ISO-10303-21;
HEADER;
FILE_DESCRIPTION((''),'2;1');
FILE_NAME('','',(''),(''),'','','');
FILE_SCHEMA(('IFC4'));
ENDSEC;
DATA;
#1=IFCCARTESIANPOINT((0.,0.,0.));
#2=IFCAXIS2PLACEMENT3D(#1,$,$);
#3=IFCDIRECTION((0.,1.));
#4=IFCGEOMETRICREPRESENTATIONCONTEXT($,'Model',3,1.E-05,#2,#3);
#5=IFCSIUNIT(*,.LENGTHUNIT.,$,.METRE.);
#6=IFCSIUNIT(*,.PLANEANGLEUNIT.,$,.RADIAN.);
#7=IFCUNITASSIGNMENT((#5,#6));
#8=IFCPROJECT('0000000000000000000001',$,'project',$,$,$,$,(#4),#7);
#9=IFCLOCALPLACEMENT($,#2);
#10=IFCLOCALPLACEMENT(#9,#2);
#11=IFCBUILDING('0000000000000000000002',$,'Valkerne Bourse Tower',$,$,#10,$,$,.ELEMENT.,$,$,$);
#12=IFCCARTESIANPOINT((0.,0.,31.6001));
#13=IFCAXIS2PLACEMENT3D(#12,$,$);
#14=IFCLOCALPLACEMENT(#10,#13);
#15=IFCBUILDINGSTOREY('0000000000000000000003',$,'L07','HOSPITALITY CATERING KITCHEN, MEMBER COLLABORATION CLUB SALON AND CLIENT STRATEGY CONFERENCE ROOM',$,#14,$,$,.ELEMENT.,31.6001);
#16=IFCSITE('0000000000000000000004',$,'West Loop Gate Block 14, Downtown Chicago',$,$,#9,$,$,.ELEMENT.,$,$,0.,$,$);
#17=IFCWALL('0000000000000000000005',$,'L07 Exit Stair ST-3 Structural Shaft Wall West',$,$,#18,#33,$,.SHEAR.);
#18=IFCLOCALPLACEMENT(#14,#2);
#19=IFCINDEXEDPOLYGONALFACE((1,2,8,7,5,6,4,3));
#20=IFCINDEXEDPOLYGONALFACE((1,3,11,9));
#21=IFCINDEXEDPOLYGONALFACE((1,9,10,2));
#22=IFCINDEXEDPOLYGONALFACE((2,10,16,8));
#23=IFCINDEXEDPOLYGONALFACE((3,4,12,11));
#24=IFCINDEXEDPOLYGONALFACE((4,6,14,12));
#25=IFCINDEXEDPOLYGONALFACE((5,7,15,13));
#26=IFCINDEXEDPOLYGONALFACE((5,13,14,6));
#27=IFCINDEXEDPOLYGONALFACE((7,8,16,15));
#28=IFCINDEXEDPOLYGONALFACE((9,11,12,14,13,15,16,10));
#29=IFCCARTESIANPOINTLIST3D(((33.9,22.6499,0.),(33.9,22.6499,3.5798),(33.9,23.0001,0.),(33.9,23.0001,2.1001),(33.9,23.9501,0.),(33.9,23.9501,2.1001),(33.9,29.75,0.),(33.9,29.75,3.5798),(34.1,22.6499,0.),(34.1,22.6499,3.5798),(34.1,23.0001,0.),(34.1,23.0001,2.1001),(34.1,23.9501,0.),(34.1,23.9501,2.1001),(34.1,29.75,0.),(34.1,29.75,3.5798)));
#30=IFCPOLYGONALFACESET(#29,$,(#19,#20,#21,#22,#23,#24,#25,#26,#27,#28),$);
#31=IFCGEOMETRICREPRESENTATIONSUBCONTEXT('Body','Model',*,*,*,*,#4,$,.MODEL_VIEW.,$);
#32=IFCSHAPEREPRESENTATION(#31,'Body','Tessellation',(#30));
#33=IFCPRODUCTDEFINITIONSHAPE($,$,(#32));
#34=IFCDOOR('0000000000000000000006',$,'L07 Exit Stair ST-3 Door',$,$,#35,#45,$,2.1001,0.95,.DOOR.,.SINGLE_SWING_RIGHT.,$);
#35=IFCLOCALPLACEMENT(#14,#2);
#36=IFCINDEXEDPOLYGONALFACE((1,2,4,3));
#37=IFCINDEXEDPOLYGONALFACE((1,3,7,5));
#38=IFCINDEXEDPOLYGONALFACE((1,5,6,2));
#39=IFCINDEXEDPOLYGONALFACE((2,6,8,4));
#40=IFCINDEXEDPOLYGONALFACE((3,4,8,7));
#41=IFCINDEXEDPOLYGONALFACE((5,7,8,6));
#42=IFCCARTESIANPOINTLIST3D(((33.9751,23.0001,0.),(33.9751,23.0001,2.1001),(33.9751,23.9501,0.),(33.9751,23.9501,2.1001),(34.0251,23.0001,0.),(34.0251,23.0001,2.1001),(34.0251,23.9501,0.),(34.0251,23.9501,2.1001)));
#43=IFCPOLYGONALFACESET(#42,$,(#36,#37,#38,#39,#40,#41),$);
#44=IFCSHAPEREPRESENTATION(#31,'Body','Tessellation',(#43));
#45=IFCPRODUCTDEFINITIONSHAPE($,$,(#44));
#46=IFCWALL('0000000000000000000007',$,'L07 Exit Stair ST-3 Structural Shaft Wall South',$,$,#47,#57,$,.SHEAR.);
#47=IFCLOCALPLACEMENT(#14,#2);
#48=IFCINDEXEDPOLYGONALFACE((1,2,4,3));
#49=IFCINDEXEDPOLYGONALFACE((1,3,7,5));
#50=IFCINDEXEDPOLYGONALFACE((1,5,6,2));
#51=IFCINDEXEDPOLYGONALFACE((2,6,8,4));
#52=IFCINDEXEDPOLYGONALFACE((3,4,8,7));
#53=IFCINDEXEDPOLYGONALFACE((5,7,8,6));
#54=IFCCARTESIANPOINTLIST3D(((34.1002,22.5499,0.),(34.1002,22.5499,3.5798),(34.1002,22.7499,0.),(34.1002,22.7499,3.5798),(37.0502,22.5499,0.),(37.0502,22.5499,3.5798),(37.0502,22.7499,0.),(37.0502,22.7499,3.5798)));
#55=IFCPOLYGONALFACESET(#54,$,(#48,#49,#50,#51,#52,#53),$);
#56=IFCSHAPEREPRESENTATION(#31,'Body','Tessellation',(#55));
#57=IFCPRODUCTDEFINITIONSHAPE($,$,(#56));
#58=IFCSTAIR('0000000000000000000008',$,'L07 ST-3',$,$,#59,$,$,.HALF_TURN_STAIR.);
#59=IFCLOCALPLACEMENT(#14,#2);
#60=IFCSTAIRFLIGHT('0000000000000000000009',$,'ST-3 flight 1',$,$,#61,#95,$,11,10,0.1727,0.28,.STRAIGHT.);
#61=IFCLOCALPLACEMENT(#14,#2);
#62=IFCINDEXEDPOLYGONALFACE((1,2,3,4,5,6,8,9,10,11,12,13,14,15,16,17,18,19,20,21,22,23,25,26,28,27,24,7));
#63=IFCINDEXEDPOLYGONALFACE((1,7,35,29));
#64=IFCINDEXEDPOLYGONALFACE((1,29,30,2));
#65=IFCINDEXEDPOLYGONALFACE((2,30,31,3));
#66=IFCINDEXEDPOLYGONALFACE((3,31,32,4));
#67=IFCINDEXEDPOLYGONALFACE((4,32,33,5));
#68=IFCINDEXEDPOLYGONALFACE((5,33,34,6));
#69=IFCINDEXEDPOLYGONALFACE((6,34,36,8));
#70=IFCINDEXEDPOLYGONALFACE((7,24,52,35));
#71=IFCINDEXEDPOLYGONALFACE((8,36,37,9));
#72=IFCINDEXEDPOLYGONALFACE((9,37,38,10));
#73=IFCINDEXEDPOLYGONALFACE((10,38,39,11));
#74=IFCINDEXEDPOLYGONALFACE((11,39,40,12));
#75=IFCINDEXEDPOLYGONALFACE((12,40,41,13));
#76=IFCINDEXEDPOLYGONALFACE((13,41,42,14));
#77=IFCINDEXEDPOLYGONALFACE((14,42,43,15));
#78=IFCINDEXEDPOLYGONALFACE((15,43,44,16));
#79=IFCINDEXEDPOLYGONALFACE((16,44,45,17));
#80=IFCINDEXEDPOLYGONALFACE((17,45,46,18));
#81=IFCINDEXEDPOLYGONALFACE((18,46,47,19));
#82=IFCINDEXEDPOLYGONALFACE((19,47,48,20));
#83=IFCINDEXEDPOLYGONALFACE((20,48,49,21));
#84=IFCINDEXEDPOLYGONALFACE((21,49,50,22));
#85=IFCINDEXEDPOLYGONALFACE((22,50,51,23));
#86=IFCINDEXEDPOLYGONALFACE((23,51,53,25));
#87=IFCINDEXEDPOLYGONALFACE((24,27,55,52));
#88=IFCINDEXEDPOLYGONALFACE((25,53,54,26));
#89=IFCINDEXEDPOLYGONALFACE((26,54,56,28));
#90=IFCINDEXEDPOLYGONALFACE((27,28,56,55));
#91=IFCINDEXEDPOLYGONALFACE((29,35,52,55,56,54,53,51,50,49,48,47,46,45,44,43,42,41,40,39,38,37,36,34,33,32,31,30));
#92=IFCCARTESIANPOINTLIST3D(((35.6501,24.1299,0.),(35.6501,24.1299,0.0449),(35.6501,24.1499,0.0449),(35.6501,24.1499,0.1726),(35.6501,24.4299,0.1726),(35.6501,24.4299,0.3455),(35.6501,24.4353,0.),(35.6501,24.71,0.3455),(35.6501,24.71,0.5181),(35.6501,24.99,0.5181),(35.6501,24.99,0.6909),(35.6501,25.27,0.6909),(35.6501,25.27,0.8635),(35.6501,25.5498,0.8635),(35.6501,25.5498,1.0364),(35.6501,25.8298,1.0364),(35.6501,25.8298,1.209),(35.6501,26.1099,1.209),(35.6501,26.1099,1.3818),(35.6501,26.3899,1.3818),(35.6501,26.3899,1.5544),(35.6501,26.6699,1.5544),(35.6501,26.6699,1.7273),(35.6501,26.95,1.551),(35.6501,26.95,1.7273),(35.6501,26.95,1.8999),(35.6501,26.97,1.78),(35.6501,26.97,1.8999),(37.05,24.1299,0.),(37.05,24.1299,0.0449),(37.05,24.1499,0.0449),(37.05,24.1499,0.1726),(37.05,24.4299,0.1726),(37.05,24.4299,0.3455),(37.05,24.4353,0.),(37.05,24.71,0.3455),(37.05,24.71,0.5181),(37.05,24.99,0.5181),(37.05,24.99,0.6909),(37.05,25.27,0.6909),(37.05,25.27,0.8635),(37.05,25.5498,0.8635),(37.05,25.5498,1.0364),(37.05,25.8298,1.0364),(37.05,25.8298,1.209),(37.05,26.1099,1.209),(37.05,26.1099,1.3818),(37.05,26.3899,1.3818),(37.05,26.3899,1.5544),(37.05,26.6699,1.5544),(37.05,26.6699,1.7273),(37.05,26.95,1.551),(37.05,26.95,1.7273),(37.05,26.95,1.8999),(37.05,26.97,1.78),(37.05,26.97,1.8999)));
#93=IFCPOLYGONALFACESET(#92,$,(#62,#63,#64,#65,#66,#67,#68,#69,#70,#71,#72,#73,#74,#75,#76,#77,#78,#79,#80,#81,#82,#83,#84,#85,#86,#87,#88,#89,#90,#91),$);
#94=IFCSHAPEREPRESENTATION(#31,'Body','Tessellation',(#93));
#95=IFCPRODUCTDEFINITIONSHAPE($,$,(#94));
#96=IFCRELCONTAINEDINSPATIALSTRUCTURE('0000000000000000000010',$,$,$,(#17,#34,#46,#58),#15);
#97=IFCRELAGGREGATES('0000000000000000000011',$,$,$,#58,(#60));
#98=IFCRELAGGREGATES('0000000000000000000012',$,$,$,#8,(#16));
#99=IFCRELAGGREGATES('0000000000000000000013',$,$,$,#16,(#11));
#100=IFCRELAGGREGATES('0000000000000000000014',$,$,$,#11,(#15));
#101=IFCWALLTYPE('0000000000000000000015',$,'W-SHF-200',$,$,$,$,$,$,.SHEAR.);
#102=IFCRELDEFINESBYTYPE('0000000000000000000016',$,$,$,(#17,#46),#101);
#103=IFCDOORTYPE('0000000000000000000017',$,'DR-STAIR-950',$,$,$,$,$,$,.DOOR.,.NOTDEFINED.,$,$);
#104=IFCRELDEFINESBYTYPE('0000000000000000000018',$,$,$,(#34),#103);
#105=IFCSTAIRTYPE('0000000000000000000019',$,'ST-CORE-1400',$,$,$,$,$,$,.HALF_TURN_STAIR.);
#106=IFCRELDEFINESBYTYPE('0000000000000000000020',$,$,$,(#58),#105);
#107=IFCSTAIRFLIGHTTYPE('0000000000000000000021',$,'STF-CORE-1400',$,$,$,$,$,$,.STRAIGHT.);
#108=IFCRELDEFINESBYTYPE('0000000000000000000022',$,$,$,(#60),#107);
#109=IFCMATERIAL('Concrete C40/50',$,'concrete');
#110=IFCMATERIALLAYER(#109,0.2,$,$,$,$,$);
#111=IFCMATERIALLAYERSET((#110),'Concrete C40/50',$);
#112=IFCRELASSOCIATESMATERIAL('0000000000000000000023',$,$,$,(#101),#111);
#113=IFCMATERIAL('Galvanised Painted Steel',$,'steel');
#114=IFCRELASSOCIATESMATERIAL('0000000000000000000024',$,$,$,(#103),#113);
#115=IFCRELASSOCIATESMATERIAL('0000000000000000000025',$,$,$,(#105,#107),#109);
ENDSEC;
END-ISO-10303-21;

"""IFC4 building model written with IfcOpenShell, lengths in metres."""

from ifc_helpers import new_model, si_unit, direction, frame, frame_2d, origin, place, context, subcontext, project, spatial, polyline, rectangle, outline, extrude, material, layer, layer_set, type_object, element, fill, aggregate, save


model = new_model("IFC4")

# Units and contexts
model_context = context("Model", 3, precision=1e-05, world=origin(), true_north=direction((0.0, 1.0)))
body_context = subcontext(model_context, "Body", "Model", "MODEL_VIEW")
ifc_project = project(units=[si_unit("LENGTHUNIT", "METRE"), si_unit("PLANEANGLEUNIT", "RADIAN")], contexts=[model_context])

# Site, building, storey
site_placement = place(None, origin())
site = spatial("IfcSite", under=ifc_project, at=site_placement, Name="West Loop Gate Block 14, Downtown Chicago", CompositionType="ELEMENT", RefElevation=0.0)
building_placement = place(site_placement, origin())
building = spatial("IfcBuilding", under=site, at=building_placement, Name="Valkerne Bourse Tower", CompositionType="ELEMENT")
storey_placement = place(building_placement, frame((0.0, 0.0, 31.6001)))
storey = spatial("IfcBuildingStorey", under=building, at=storey_placement, Name="L07", Description="HOSPITALITY CATERING KITCHEN, MEMBER COLLABORATION CLUB SALON AND CLIENT STRATEGY CONFERENCE ROOM", CompositionType="ELEMENT", Elevation=31.6001)

# Wall, opening, door
ifc_material_1 = material(Name="Concrete C40/50", Category="concrete")
ifc_layer_1 = layer(ifc_material_1, 0.2)
ifc_layer_set_1 = layer_set([ifc_layer_1], Name="Concrete C40/50")
wall_type_1 = type_object("IfcWallType", Name="W-SHF-200", PredefinedType="SHEAR", material=ifc_layer_set_1)
wall_1_placement = place(storey_placement, frame((34.0, 22.6499, 0.0), z_axis=(0.0, 0.0, 1.0), x_axis=(0.0, 1.0, 0.0)))
wall_1 = element("IfcWall", 1, at=wall_1_placement, inside=storey, type_object=wall_type_1, Name="L07 Exit Stair ST-3 Structural Shaft Wall West", PredefinedType="SHEAR", context=body_context, shape_type="SweptSolid", body=[
    extrude(rectangle(XDim=7.1001, YDim=0.2, at=frame_2d((3.55, 0.0))), origin(), (0.0, 0.0, 1.0), 3.5798),
])
opening_placement = place(wall_1_placement, frame((0.3501, 0.0, 0.0)))
opening = element("IfcOpeningElement", 2, at=opening_placement, cuts=wall_1, PredefinedType="OPENING", context=body_context, shape_type="SweptSolid", body=[
    extrude(rectangle(XDim=0.95, YDim=2.1001, at=frame_2d((0.4751, 1.05))), frame((0.0, 0.1099, 0.0), z_axis=(0.0, -1.0, 0.0), x_axis=(1.0, 0.0, 0.0)), (0.0, 0.0, 1.0), 0.22),
])
ifc_material_2 = material(Name="Galvanised Painted Steel", Category="steel")
door_type = type_object("IfcDoorType", Name="DR-STAIR-950", OperationType="NOTDEFINED", PredefinedType="DOOR", material=ifc_material_2)
door_placement = place(opening_placement, origin())
door = element("IfcDoor", 3, at=door_placement, inside=storey, type_object=door_type, Name="L07 Exit Stair ST-3 Door", OperationType="SINGLE_SWING_RIGHT", OverallHeight=2.1001, OverallWidth=0.95, PredefinedType="DOOR", context=body_context, shape_type="SweptSolid", body=[
    extrude(rectangle(XDim=0.95, YDim=2.1001, at=frame_2d((0.4751, 1.05))), frame((0.0, 0.0249, 0.0), z_axis=(0.0, -1.0, 0.0), x_axis=(1.0, 0.0, 0.0)), (0.0, 0.0, 1.0), 0.05),
])
fill(opening, door)

# Wall
wall_2_placement = place(storey_placement, frame((34.1001, 22.6499, 0.0), z_axis=(0.0, 0.0, 1.0), x_axis=(1.0, 0.0, 0.0)))
element("IfcWall", 4, at=wall_2_placement, inside=storey, type_object=wall_type_1, Name="L07 Exit Stair ST-3 Structural Shaft Wall South", PredefinedType="SHEAR", context=body_context, shape_type="SweptSolid", body=[
    extrude(rectangle(XDim=2.95, YDim=0.2, at=frame_2d((1.4751, 0.0))), origin(), (0.0, 0.0, 1.0), 3.5798),
])

# Stair, stair flight
stair_type = type_object("IfcStairType", Name="ST-CORE-1400", PredefinedType="HALF_TURN_STAIR", material=ifc_material_1)
stair_placement = place(storey_placement, origin())
stair = element("IfcStair", 5, at=stair_placement, inside=storey, type_object=stair_type, Name="L07 ST-3", PredefinedType="HALF_TURN_STAIR")
stair_flight_type = type_object("IfcStairFlightType", Name="STF-CORE-1400", PredefinedType="STRAIGHT", material=ifc_material_1)
stair_flight_placement = place(storey_placement, frame((36.3501, 24.1499, 0.0), z_axis=(0.0, 0.0, 1.0), x_axis=(0.0, 1.0, 0.0)))
stair_flight = element("IfcStairFlight", 6, at=stair_flight_placement, type_object=stair_flight_type, Name="ST-3 flight 1", NumberOfRisers=11, NumberOfTreads=10, PredefinedType="STRAIGHT", RiserHeight=0.1727, TreadLength=0.28, context=body_context, shape_type="SweptSolid", body=[
    extrude(outline(polyline([(-0.02, 0.0), (-0.02, 0.0449), (0.0, 0.0449), (0.0, 0.1726), (0.28, 0.1726), (0.28, 0.3455), (0.5601, 0.3455), (0.5601, 0.5181), (0.8401, 0.5181), (0.8401, 0.6909), (1.1201, 0.6909), (1.1201, 0.8635), (1.3999, 0.8635), (1.3999, 1.0364), (1.6799, 1.0364), (1.6799, 1.209), (1.96, 1.209), (1.96, 1.3818), (2.24, 1.3818), (2.24, 1.5544), (2.52, 1.5544), (2.52, 1.7273), (2.8, 1.7273), (2.8, 1.8999), (2.8201, 1.8999), (2.8201, 1.78), (2.8, 1.551), (0.2854, 0.0), (-0.02, 0.0)])), frame((0.0, 0.7, 0.0), z_axis=(0.0, -1.0, 0.0), x_axis=(1.0, 0.0, 0.0)), (0.0, 0.0, 1.0), 1.3999),
])
aggregate(stair, [stair_flight])

save(model, "model.ifc")
